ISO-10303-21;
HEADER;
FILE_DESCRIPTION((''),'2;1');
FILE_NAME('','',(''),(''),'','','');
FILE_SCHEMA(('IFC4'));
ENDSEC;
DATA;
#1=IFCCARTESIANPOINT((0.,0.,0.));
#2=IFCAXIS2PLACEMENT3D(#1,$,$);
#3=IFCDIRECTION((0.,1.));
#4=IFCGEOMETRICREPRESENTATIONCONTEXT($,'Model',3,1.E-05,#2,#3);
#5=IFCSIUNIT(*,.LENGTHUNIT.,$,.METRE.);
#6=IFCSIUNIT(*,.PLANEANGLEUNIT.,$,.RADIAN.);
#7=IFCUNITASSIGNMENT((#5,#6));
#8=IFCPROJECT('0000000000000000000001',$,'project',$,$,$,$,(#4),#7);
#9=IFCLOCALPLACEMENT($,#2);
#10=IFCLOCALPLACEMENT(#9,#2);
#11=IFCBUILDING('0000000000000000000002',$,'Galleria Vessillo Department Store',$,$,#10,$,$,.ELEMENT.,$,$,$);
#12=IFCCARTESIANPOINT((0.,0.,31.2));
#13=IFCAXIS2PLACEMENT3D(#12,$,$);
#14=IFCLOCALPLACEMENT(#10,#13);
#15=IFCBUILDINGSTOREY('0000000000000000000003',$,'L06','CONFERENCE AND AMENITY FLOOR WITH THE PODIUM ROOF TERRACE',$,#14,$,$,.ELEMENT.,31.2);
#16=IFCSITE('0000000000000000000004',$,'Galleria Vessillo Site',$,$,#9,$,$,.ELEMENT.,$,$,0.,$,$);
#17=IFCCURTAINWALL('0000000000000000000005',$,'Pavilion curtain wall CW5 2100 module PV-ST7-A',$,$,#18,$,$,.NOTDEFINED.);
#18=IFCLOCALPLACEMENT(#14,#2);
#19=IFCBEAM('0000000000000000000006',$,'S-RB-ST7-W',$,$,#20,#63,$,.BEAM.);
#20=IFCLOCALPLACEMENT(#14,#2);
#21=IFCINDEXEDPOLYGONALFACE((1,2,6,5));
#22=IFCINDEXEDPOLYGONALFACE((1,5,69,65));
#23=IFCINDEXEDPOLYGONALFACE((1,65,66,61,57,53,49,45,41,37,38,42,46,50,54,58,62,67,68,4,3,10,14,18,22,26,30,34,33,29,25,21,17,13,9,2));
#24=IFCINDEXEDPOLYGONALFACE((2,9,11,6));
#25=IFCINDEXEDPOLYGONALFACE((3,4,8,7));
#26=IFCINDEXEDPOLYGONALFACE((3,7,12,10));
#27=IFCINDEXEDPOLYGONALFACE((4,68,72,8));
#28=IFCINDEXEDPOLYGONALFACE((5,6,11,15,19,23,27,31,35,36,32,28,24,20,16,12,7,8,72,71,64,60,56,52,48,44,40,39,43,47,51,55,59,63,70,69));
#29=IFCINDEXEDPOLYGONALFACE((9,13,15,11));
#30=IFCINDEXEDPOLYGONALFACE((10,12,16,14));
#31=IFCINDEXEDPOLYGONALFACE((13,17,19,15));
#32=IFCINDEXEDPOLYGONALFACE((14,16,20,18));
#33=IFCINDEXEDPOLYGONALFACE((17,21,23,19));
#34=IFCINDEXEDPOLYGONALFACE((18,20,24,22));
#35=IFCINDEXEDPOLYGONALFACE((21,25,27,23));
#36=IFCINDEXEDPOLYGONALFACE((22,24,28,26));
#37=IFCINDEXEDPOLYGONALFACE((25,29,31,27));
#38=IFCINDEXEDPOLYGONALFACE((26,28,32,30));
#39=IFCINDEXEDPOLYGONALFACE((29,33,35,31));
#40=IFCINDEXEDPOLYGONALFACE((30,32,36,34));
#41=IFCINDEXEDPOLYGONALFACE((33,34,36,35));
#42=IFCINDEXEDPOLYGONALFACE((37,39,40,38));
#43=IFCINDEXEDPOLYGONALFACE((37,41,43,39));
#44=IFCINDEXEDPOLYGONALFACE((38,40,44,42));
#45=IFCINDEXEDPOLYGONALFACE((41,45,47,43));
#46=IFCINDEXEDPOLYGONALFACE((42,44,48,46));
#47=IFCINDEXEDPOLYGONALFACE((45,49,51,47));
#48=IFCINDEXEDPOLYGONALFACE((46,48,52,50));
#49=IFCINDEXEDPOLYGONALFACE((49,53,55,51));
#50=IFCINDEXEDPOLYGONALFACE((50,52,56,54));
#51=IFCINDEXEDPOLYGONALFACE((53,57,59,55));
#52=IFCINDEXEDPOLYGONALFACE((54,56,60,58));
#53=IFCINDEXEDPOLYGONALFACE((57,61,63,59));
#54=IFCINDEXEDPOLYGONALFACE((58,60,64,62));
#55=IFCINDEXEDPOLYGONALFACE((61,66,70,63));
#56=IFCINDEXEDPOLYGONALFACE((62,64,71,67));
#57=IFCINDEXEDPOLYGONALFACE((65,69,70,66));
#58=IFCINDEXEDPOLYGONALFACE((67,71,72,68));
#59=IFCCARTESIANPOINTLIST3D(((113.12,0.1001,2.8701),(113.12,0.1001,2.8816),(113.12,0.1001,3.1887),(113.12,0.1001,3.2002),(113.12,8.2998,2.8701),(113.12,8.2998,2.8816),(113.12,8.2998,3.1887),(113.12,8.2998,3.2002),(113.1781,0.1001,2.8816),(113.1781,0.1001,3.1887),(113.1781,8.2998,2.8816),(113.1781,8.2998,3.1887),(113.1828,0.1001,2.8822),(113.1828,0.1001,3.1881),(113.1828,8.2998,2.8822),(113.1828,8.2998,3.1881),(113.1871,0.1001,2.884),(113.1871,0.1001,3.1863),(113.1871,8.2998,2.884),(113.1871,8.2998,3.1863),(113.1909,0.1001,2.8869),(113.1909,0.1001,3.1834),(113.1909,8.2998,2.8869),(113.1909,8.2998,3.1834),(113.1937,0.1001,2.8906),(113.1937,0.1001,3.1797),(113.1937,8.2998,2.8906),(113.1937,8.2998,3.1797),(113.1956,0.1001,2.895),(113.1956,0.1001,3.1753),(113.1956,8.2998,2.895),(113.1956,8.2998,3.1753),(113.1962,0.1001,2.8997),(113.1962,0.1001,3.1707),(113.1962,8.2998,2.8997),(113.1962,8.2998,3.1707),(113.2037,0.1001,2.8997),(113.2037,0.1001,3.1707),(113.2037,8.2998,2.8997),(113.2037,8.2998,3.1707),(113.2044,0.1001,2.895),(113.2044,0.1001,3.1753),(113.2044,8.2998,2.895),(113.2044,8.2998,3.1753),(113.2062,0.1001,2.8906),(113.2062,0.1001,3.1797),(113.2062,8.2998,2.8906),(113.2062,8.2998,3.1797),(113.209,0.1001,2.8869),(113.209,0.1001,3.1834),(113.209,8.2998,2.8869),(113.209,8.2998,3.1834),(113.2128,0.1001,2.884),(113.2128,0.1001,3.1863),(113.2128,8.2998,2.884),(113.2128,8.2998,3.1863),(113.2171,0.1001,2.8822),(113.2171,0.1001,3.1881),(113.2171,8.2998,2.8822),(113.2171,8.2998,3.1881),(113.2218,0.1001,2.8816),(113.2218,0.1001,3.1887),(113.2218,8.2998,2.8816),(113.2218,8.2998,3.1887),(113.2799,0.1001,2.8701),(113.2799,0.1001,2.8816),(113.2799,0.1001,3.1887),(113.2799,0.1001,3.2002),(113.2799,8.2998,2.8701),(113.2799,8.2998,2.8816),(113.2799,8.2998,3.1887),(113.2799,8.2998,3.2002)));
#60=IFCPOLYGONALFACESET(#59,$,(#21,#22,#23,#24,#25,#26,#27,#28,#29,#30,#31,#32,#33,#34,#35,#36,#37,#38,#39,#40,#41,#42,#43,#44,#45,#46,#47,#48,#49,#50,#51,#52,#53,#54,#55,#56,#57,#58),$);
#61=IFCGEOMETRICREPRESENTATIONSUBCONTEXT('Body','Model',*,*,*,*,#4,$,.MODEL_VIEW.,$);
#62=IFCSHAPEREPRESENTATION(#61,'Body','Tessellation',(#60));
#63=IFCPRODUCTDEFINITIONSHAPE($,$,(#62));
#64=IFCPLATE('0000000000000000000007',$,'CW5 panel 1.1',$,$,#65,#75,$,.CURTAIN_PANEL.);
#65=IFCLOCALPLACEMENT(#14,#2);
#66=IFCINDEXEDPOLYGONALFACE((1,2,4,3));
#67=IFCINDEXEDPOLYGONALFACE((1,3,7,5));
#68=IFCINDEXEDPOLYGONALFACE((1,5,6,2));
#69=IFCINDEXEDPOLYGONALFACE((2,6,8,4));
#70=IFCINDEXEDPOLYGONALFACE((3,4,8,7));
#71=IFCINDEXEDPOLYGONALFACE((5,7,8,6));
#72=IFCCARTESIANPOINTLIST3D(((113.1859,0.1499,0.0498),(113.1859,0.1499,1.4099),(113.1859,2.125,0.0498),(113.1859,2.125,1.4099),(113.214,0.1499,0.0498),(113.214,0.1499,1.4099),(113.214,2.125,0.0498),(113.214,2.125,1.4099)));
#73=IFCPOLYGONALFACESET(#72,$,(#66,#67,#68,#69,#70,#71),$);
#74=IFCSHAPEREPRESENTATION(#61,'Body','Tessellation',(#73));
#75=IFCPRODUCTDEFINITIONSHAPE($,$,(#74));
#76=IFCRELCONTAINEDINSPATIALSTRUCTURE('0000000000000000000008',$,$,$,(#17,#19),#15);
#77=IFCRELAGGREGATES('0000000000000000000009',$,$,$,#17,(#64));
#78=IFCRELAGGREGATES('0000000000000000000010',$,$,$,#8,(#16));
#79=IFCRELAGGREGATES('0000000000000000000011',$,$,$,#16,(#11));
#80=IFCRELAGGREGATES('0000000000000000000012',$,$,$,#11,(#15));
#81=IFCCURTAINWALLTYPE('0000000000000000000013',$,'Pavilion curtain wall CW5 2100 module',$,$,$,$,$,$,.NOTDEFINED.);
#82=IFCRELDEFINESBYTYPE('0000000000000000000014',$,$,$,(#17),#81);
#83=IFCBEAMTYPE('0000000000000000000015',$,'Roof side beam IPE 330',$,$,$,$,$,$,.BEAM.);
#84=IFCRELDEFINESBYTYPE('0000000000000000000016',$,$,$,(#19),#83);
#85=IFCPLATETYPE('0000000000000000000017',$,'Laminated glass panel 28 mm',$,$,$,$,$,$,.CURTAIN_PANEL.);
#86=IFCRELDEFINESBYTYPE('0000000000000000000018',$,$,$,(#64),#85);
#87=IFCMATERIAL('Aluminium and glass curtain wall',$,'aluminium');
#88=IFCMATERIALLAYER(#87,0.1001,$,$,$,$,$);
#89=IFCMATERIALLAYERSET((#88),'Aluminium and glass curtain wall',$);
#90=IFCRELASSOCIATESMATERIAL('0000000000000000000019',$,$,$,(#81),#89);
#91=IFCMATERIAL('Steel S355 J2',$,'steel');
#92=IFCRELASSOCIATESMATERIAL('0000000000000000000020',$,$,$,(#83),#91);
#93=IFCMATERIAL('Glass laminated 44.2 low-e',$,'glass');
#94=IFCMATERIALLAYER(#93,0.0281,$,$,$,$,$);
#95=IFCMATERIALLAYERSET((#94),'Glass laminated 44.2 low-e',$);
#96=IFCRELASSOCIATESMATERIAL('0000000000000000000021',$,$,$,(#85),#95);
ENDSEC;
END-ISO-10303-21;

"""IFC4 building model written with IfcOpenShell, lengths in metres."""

from ifc_helpers import new_model, si_unit, direction, frame, origin, origin_2d, place, context, subcontext, project, spatial, rectangle, i_section, extrude, material, layer, layer_set, material_profile, profile_set, type_object, element, aggregate, save


model = new_model("IFC4")

# Units and contexts
model_context = context("Model", 3, precision=1e-05, world=origin(), true_north=direction((0.0, 1.0)))
body_context = subcontext(model_context, "Body", "Model", "MODEL_VIEW")
ifc_project = project(units=[si_unit("LENGTHUNIT", "METRE"), si_unit("PLANEANGLEUNIT", "RADIAN")], contexts=[model_context])

# Site, building, storey
site_placement = place(None, origin())
site = spatial("IfcSite", under=ifc_project, at=site_placement, Name="Galleria Vessillo Site", CompositionType="ELEMENT", RefElevation=0.0)
building_placement = place(site_placement, origin())
building = spatial("IfcBuilding", under=site, at=building_placement, Name="Galleria Vessillo Department Store", CompositionType="ELEMENT")
storey_placement = place(building_placement, frame((0.0, 0.0, 31.2)))
storey = spatial("IfcBuildingStorey", under=building, at=storey_placement, Name="L06", Description="CONFERENCE AND AMENITY FLOOR WITH THE PODIUM ROOF TERRACE", CompositionType="ELEMENT", Elevation=31.2)

# Curtain wall
ifc_material_1 = material(Name="Aluminium and glass curtain wall", Category="aluminium")
ifc_layer_1 = layer(ifc_material_1, 0.1001)
ifc_layer_set_1 = layer_set([ifc_layer_1], Name="Aluminium and glass curtain wall")
curtain_wall_type = type_object("IfcCurtainWallType", Name="Pavilion curtain wall CW5 2100 module", PredefinedType="NOTDEFINED", material=ifc_layer_set_1)
curtain_wall_placement = place(storey_placement, origin())
curtain_wall = element("IfcCurtainWall", 1, at=curtain_wall_placement, inside=storey, type_object=curtain_wall_type, Name="Pavilion curtain wall CW5 2100 module PV-ST7-A", PredefinedType="NOTDEFINED")

# Beam
ifc_material_2 = material(Name="Steel S355 J2", Category="steel")
ifc_material_profile_1 = material_profile(ifc_material_2, i_section(OverallWidth=0.1599, OverallDepth=0.3301, WebThickness=0.0076, FlangeThickness=0.0115, FilletRadius=0.0181, at=origin_2d()), Name="IPE 330")
ifc_profile_set_1 = profile_set([ifc_material_profile_1], Name="Steel S355 J2")
beam_type_1 = type_object("IfcBeamType", Name="Roof side beam IPE 330", PredefinedType="BEAM", material=ifc_profile_set_1)
beam_placement = place(storey_placement, frame((113.2, 0.1001, 3.0352), z_axis=(0.0, 1.0, 0.0), x_axis=(-1.0, 0.0, 0.0)))
element("IfcBeam", 2, at=beam_placement, inside=storey, type_object=beam_type_1, Name="S-RB-ST7-W", PredefinedType="BEAM", context=body_context, shape_type="SweptSolid", body=[
    extrude(i_section(OverallWidth=0.1599, OverallDepth=0.3301, WebThickness=0.0076, FlangeThickness=0.0115, FilletRadius=0.0181, at=origin_2d()), origin(), (0.0, 0.0, 1.0), 8.1997),
])

# Plate
ifc_material_3 = material(Name="Glass laminated 44.2 low-e", Category="glass")
ifc_layer_2 = layer(ifc_material_3, 0.0281)
ifc_layer_set_2 = layer_set([ifc_layer_2], Name="Glass laminated 44.2 low-e")
plate_type = type_object("IfcPlateType", Name="Laminated glass panel 28 mm", PredefinedType="CURTAIN_PANEL", material=ifc_layer_set_2)
plate_placement = place(storey_placement, frame((113.2, 1.1375, 0.0498), z_axis=(0.0, 0.0, 1.0), x_axis=(0.0, 1.0, 0.0)))
plate = element("IfcPlate", 3, at=plate_placement, type_object=plate_type, Name="CW5 panel 1.1", PredefinedType="CURTAIN_PANEL", context=body_context, shape_type="SweptSolid", body=[
    extrude(rectangle(XDim=1.9751, YDim=0.0281, at=origin_2d()), origin(), (0.0, 0.0, 1.0), 1.3601),
])
aggregate(curtain_wall, [plate])

save(model, "model.ifc")
